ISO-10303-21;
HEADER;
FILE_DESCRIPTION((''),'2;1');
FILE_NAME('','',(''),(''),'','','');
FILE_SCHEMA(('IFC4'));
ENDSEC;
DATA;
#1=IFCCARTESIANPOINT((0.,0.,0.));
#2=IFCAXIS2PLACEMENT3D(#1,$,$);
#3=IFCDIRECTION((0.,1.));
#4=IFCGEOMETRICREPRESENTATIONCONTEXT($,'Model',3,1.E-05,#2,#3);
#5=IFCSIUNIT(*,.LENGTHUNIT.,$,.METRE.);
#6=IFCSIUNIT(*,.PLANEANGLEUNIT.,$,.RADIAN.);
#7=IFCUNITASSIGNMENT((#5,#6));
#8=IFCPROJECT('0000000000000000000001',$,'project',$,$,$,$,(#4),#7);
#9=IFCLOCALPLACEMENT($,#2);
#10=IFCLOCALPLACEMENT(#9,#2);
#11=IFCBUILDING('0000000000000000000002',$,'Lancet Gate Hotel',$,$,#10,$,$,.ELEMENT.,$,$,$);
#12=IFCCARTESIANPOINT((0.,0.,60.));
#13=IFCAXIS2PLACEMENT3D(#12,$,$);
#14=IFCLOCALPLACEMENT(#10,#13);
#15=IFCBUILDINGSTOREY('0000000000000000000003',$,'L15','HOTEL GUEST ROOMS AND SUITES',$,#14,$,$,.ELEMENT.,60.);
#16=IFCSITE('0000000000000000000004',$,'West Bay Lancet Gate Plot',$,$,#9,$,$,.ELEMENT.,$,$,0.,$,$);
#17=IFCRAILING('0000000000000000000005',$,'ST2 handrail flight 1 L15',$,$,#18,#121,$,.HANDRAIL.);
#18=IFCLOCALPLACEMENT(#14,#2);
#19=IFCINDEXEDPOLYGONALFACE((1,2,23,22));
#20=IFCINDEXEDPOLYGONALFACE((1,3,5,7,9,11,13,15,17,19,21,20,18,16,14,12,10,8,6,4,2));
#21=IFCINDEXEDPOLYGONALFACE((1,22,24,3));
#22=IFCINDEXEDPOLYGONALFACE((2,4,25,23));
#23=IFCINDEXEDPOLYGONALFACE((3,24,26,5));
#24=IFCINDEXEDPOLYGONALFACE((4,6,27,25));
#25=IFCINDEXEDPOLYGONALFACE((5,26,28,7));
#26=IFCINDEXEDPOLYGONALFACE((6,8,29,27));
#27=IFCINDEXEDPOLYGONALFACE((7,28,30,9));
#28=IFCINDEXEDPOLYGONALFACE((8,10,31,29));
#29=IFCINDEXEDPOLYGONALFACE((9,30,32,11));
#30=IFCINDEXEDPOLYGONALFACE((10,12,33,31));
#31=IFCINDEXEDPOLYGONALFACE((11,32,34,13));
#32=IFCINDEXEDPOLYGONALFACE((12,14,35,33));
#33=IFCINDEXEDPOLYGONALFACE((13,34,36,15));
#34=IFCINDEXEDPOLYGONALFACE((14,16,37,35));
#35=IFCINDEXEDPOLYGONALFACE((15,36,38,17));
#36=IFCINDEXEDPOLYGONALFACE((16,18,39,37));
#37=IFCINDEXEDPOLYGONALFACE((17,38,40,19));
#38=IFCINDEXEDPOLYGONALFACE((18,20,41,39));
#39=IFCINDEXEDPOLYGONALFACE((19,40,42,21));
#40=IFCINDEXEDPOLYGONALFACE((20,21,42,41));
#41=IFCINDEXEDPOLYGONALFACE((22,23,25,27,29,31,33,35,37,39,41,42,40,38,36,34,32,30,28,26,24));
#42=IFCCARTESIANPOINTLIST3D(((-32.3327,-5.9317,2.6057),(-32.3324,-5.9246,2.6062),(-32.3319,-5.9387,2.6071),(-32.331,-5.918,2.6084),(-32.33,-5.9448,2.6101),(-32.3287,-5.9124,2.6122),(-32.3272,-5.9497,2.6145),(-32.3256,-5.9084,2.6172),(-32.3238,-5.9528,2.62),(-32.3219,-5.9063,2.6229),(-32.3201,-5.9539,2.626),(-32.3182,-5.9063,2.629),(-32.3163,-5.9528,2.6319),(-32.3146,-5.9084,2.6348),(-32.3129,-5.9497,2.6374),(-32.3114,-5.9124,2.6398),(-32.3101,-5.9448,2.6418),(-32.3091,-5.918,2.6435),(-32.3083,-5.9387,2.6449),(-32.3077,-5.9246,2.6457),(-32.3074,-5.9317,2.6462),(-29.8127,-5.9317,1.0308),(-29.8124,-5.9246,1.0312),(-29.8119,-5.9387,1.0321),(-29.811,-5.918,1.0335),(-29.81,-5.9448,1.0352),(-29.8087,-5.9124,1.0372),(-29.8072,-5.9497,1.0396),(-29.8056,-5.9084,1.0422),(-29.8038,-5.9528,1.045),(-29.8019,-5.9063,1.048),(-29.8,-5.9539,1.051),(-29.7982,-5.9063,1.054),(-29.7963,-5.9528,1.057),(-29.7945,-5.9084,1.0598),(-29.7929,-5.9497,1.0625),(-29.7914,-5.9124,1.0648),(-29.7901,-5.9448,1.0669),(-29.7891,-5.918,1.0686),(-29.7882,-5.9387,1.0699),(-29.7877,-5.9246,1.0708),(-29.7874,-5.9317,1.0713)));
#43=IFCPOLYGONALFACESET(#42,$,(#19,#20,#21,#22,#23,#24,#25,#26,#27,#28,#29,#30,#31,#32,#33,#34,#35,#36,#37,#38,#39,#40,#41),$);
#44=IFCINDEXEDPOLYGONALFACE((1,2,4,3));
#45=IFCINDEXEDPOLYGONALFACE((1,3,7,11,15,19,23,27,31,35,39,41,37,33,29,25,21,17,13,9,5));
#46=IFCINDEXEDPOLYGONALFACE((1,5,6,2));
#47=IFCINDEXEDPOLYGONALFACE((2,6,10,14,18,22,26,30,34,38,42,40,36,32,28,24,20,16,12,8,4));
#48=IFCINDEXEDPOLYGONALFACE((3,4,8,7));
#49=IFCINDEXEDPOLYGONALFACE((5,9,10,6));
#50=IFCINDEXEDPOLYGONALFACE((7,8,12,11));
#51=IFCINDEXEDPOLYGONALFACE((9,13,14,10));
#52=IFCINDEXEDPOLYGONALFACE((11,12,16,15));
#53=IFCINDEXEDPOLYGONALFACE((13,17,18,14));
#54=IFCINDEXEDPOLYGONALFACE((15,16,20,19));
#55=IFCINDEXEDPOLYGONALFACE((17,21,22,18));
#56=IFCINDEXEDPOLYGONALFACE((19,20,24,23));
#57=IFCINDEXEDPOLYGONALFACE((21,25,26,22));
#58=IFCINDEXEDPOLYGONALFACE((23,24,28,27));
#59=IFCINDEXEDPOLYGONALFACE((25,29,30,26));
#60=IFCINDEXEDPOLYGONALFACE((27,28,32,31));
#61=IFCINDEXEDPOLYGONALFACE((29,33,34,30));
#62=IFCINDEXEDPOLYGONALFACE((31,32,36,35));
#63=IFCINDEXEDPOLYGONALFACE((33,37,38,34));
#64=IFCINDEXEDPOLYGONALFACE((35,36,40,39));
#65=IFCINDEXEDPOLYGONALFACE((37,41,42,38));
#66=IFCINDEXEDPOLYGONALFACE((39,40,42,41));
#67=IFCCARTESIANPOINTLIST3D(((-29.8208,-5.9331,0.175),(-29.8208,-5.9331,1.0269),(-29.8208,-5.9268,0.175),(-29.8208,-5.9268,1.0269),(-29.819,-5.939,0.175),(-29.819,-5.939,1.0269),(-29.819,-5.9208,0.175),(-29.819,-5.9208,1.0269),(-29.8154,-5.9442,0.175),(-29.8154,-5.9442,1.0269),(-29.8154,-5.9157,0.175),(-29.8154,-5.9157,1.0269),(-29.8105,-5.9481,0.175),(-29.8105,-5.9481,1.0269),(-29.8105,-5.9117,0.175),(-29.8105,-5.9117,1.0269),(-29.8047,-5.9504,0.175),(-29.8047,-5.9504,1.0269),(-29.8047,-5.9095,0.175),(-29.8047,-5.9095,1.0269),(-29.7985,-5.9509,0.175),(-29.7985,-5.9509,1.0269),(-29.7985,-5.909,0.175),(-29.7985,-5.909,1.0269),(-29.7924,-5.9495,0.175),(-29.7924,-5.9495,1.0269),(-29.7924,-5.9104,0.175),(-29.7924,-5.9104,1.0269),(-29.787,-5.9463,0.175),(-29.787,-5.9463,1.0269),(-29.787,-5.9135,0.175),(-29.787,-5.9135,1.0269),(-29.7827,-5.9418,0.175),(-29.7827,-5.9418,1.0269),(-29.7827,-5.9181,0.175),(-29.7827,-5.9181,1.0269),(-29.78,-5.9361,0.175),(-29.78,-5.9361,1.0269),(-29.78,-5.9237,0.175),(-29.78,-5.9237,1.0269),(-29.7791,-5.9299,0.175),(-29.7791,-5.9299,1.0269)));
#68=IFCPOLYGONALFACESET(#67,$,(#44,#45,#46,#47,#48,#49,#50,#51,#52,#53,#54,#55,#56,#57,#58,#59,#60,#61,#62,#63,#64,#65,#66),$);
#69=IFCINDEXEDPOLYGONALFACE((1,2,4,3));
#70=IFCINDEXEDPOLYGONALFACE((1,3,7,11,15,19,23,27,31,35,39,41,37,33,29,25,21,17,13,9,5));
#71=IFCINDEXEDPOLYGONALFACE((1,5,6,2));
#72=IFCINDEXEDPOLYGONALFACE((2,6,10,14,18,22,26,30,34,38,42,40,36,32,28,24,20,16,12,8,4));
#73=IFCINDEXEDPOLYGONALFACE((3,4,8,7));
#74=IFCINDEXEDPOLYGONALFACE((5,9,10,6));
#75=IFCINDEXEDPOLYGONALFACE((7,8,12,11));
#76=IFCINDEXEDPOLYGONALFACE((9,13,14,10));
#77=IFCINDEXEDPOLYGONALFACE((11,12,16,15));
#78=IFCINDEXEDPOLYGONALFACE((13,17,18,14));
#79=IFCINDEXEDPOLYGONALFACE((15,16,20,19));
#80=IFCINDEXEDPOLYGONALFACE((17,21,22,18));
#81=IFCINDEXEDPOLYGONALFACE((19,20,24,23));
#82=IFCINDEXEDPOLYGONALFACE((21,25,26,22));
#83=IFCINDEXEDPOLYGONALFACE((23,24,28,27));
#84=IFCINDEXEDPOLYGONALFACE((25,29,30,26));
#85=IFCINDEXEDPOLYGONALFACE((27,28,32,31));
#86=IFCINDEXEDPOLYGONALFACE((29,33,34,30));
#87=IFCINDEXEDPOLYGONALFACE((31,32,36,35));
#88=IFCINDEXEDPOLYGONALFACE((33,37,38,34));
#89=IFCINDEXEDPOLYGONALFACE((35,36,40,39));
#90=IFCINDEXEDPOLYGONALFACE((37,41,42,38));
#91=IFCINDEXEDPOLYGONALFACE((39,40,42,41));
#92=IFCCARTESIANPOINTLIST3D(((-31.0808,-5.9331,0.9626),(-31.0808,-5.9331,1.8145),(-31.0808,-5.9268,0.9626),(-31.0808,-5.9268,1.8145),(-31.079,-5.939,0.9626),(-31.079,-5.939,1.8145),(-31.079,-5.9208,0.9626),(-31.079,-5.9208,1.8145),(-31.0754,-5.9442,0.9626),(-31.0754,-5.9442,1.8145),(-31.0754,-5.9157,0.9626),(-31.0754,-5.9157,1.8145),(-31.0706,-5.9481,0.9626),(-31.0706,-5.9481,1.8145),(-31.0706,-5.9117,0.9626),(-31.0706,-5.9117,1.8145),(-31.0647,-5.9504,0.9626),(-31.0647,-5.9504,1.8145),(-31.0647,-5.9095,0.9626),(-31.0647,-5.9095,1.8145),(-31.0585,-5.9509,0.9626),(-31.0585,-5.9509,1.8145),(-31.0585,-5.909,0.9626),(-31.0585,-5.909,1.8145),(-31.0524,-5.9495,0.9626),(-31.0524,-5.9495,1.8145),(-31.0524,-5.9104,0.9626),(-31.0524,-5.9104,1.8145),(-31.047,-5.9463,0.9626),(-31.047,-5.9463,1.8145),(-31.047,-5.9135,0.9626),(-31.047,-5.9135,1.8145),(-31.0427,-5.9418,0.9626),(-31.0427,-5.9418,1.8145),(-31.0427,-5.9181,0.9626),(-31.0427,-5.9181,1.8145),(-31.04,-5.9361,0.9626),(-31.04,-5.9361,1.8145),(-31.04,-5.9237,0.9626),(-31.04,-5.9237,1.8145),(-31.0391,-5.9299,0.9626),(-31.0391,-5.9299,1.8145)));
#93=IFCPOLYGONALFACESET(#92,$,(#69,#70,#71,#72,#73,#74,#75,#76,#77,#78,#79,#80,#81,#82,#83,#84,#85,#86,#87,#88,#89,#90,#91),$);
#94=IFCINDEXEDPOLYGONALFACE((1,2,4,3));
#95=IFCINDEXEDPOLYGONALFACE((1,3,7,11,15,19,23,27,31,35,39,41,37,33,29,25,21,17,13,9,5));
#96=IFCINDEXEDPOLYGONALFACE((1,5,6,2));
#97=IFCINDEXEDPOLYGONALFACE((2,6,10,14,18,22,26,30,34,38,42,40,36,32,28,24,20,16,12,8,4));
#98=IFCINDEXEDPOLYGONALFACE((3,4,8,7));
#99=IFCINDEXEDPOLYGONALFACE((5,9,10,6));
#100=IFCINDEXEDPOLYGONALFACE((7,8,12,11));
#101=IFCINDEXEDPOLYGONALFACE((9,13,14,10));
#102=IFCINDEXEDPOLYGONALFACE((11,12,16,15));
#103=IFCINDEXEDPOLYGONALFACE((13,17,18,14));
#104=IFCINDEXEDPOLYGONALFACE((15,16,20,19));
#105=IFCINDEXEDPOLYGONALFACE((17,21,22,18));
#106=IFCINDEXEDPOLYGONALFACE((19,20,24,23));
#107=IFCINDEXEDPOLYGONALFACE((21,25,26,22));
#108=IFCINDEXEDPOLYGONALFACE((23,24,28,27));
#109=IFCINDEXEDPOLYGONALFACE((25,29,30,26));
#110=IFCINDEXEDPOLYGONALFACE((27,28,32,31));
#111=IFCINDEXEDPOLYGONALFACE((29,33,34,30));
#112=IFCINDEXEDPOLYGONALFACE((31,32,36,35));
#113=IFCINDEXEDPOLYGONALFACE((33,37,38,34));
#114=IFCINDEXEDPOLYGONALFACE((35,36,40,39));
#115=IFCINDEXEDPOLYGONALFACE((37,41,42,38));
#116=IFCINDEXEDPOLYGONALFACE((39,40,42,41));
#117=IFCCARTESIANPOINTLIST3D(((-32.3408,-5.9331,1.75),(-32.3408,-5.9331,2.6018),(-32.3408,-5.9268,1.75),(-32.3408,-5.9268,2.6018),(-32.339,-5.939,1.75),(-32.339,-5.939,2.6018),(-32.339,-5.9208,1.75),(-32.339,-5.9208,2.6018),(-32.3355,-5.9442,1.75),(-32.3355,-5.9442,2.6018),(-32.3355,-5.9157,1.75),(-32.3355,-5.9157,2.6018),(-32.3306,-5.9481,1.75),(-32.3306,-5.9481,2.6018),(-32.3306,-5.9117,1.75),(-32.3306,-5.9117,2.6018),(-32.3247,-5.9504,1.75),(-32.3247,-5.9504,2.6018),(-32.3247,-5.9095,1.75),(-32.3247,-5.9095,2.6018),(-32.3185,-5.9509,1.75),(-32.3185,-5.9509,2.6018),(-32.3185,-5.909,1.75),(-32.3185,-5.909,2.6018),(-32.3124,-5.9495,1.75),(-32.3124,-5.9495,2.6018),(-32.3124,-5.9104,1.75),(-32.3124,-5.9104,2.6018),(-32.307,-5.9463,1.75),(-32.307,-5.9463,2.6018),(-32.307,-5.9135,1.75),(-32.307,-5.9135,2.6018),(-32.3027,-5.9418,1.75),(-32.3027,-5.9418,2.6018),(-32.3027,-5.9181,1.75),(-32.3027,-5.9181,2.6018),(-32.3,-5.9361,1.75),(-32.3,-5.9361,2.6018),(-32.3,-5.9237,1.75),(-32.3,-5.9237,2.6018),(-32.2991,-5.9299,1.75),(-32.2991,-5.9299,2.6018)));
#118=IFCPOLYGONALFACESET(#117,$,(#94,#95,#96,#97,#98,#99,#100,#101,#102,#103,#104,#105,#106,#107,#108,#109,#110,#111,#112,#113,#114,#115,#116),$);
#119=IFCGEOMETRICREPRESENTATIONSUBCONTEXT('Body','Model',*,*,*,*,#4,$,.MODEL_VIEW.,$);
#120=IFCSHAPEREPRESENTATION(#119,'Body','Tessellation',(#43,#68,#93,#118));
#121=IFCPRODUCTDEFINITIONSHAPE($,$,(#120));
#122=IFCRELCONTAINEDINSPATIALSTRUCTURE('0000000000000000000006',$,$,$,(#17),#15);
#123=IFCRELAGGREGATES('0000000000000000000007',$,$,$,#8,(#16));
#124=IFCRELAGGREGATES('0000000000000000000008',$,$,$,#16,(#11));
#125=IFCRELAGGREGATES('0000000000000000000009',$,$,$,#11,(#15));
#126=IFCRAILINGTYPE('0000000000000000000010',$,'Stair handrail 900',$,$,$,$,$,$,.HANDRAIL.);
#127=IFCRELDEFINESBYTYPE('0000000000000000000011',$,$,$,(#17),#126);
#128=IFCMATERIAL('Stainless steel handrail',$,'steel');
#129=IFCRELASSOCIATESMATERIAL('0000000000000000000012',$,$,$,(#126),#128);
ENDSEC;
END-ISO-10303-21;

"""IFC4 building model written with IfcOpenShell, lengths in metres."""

from ifc_helpers import new_model, si_unit, direction, frame, origin, origin_2d, place, context, subcontext, project, spatial, circle, extrude, material, type_object, element, save


model = new_model("IFC4")

# Units and contexts
model_context = context("Model", 3, precision=1e-05, world=origin(), true_north=direction((0.0, 1.0)))
body_context = subcontext(model_context, "Body", "Model", "MODEL_VIEW")
ifc_project = project(units=[si_unit("LENGTHUNIT", "METRE"), si_unit("PLANEANGLEUNIT", "RADIAN")], contexts=[model_context])

# Site, building, storey
site_placement = place(None, origin())
site = spatial("IfcSite", under=ifc_project, at=site_placement, Name="West Bay Lancet Gate Plot", CompositionType="ELEMENT", RefElevation=0.0)
building_placement = place(site_placement, origin())
building = spatial("IfcBuilding", under=site, at=building_placement, Name="Lancet Gate Hotel", CompositionType="ELEMENT")
storey_placement = place(building_placement, frame((0.0, 0.0, 60.0)))
storey = spatial("IfcBuildingStorey", under=building, at=storey_placement, Name="L15", Description="HOTEL GUEST ROOMS AND SUITES", CompositionType="ELEMENT", Elevation=60.0)

# Railing
ifc_material_1 = material(Name="Stainless steel handrail", Category="steel")
railing_type = type_object("IfcRailingType", Name="Stair handrail 900", PredefinedType="HANDRAIL", material=ifc_material_1)
railing_1_placement = place(storey_placement, frame((-29.8, -5.9299, 0.175)))
element("IfcRailing", 1, at=railing_1_placement, inside=storey, type_object=railing_type, Name="ST2 handrail flight 1 L15", PredefinedType="HANDRAIL", context=body_context, shape_type="SweptSolid", body=[
    extrude(circle(Radius=0.0239, at=origin_2d()), frame((0.0, 0.0, 0.876), z_axis=(-0.848008, 0.0, 0.529984), x_axis=(0.0, -1.0, 0.0)), (0.0, 0.0, 1.0), 2.9717),
    extrude(circle(Radius=0.021, at=origin_2d()), origin(), (0.0, 0.0, 1.0), 0.8518),
    extrude(circle(Radius=0.021, at=origin_2d()), frame((-1.26, 0.0, 0.7876)), (0.0, 0.0, 1.0), 0.8518),
    extrude(circle(Radius=0.021, at=origin_2d()), frame((-2.52, 0.0, 1.575)), (0.0, 0.0, 1.0), 0.8518),
])

save(model, "model.ifc")
